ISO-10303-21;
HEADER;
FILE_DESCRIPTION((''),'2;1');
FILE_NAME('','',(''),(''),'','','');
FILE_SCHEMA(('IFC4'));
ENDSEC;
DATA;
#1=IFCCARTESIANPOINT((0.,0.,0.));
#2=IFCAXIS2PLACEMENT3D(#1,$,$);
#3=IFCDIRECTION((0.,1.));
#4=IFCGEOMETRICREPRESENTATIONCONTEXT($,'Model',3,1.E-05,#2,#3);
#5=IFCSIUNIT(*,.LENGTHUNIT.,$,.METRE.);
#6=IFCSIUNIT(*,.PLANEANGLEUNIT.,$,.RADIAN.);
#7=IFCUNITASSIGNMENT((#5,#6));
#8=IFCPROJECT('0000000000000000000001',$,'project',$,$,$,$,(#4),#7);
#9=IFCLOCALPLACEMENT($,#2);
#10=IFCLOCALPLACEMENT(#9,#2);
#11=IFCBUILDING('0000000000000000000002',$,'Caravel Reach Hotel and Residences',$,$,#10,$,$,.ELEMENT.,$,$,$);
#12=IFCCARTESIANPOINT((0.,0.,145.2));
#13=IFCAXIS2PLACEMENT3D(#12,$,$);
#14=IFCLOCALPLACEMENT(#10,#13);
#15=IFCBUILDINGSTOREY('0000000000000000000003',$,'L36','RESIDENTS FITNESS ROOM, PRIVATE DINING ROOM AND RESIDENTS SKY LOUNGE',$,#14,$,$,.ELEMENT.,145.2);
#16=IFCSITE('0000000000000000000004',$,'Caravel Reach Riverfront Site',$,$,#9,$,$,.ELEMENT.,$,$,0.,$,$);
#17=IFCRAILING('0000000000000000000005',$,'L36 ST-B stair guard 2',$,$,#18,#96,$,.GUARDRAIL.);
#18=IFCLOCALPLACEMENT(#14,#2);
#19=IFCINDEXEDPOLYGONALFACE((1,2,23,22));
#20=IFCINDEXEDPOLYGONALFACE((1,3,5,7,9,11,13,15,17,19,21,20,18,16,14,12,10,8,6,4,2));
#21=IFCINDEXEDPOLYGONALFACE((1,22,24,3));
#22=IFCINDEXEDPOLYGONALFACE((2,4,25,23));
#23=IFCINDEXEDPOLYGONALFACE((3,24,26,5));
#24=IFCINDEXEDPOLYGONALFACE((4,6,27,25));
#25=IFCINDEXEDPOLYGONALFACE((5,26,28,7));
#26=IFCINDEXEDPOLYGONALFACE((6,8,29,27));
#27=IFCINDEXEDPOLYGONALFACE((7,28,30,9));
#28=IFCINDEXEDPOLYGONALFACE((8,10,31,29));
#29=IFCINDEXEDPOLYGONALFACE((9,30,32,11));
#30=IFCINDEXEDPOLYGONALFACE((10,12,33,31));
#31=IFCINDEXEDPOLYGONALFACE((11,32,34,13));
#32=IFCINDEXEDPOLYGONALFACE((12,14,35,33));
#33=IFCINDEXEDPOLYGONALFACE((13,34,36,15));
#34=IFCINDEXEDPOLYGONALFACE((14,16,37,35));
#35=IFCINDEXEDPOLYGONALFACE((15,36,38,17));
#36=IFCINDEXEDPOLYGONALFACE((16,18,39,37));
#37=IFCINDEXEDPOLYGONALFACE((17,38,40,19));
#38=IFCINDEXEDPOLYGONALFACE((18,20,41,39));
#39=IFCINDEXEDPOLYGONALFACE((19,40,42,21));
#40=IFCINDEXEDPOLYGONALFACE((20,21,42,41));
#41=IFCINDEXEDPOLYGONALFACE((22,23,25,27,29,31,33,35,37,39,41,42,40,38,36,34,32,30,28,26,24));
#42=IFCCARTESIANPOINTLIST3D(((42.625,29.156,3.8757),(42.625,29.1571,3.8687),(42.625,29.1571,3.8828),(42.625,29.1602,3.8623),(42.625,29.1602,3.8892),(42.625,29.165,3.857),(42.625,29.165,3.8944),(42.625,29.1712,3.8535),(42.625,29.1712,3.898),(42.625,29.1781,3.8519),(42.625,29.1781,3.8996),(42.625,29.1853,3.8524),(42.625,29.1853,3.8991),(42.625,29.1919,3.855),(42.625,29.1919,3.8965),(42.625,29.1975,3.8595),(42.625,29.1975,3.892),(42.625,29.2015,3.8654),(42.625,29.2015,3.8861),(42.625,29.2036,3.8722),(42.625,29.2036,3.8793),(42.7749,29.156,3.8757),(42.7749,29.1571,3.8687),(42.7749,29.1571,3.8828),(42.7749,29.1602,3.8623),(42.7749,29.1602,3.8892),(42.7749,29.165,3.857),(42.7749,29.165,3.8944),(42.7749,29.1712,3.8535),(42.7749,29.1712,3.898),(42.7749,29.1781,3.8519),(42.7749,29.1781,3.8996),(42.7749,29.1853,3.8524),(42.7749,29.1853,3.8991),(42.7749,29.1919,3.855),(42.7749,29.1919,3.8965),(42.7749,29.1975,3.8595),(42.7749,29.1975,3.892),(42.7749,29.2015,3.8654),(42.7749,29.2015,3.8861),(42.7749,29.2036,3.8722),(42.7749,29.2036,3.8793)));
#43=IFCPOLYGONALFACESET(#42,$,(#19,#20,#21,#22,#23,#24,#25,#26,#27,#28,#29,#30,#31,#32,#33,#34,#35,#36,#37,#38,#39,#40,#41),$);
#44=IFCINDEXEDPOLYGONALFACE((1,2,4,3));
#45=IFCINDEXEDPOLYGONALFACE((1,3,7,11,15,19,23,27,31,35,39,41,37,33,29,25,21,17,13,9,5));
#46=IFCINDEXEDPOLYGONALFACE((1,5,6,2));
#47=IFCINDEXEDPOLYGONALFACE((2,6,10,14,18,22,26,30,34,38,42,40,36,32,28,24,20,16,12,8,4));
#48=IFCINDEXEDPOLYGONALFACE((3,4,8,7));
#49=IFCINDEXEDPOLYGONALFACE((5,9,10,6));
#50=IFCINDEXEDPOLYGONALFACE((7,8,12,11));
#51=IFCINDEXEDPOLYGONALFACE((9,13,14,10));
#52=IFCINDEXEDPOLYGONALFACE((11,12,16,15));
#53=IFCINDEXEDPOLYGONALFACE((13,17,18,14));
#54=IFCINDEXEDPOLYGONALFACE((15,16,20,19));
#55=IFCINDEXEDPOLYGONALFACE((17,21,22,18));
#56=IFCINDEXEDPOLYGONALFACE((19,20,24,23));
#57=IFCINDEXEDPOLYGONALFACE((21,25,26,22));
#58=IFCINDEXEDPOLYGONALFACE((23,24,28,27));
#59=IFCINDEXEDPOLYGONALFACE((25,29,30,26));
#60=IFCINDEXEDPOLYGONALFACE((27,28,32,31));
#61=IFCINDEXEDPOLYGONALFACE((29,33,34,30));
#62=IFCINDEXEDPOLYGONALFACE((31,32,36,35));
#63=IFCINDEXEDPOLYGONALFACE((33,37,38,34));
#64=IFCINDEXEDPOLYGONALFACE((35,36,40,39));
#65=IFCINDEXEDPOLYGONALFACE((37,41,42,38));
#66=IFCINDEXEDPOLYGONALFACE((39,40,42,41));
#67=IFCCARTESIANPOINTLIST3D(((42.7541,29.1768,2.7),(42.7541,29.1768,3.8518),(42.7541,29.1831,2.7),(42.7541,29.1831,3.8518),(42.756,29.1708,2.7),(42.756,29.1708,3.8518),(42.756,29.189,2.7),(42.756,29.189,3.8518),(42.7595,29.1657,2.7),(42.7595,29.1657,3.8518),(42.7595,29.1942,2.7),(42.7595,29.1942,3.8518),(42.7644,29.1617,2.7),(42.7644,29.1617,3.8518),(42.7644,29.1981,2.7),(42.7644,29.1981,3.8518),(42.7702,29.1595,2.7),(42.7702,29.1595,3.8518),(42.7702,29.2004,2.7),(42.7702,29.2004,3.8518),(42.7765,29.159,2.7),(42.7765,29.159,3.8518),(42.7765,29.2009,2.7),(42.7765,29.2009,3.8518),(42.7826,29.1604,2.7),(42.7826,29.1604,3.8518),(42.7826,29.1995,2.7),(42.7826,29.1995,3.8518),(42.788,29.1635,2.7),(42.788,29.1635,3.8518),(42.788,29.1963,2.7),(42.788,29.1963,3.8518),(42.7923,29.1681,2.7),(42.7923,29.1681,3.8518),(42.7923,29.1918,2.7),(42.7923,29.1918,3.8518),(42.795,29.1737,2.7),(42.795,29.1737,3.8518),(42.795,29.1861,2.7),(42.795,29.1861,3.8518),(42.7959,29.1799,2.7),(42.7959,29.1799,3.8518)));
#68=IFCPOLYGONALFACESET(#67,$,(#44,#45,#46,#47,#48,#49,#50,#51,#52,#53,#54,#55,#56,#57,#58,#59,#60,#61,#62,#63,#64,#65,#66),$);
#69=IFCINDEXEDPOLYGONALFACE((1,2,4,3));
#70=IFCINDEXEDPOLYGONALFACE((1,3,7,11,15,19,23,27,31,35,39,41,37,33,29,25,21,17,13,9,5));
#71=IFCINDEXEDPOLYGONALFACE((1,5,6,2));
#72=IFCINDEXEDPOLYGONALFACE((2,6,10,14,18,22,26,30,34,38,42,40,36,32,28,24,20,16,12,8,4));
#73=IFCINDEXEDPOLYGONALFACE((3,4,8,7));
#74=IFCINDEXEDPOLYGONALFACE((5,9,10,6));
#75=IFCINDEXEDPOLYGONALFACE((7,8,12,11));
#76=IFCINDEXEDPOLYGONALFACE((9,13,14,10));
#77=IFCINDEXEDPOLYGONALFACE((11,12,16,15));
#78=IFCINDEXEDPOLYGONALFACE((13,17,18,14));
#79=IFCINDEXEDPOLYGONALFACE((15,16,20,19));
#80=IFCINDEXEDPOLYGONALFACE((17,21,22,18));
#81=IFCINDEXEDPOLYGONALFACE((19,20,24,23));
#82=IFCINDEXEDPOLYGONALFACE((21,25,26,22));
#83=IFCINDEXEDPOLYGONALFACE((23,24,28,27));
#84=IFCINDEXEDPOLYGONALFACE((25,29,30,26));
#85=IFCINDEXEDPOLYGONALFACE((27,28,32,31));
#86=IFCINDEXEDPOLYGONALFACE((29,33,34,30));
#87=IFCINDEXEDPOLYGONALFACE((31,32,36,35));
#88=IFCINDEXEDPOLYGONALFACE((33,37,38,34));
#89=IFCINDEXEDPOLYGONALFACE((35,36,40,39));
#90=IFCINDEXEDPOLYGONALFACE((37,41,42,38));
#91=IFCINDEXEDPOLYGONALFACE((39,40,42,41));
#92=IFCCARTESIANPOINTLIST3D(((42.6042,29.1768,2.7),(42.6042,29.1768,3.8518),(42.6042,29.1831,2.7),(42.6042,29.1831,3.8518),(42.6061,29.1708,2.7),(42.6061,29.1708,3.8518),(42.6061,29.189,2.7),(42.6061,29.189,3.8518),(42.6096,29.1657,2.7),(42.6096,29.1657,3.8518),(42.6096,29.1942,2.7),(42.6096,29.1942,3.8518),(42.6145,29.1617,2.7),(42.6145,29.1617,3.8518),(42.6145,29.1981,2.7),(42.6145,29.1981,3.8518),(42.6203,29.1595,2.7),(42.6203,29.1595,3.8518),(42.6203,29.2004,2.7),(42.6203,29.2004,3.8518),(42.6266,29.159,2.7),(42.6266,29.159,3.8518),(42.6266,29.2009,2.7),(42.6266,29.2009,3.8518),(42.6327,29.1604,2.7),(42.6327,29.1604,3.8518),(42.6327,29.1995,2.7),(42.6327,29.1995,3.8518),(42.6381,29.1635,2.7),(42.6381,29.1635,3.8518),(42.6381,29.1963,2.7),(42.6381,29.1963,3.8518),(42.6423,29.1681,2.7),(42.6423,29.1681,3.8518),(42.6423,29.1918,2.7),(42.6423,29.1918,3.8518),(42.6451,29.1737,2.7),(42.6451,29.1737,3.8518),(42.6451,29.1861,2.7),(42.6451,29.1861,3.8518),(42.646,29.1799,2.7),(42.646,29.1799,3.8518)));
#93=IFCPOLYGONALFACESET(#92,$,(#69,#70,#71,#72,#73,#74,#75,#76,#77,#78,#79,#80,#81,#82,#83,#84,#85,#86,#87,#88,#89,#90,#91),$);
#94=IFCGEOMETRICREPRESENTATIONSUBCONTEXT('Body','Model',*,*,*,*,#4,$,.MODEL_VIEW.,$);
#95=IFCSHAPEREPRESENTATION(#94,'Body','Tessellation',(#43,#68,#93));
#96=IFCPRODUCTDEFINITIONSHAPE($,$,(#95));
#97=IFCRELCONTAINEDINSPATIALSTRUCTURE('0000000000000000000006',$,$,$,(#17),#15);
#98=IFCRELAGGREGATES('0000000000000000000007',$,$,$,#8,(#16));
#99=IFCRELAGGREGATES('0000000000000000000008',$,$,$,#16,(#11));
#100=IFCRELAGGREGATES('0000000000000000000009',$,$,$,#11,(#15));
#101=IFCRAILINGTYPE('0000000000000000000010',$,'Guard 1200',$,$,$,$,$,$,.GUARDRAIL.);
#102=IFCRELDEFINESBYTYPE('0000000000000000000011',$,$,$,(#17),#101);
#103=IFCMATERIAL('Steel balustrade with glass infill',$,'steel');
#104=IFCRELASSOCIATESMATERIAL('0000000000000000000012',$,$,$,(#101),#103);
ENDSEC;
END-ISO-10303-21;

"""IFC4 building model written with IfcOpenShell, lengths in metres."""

from ifc_helpers import new_model, si_unit, direction, frame, origin, origin_2d, place, context, subcontext, project, spatial, circle, extrude, material, type_object, element, save


model = new_model("IFC4")

# Units and contexts
model_context = context("Model", 3, precision=1e-05, world=origin(), true_north=direction((0.0, 1.0)))
body_context = subcontext(model_context, "Body", "Model", "MODEL_VIEW")
ifc_project = project(units=[si_unit("LENGTHUNIT", "METRE"), si_unit("PLANEANGLEUNIT", "RADIAN")], contexts=[model_context])

# Site, building, storey
site_placement = place(None, origin())
site = spatial("IfcSite", under=ifc_project, at=site_placement, Name="Caravel Reach Riverfront Site", CompositionType="ELEMENT", RefElevation=0.0)
building_placement = place(site_placement, origin())
building = spatial("IfcBuilding", under=site, at=building_placement, Name="Caravel Reach Hotel and Residences", CompositionType="ELEMENT")
storey_placement = place(building_placement, frame((0.0, 0.0, 145.2)))
storey = spatial("IfcBuildingStorey", under=building, at=storey_placement, Name="L36", Description="RESIDENTS FITNESS ROOM, PRIVATE DINING ROOM AND RESIDENTS SKY LOUNGE", CompositionType="ELEMENT", Elevation=145.2)

# Railing
ifc_material_1 = material(Name="Steel balustrade with glass infill", Category="steel")
railing_type_1 = type_object("IfcRailingType", Name="Guard 1200", PredefinedType="GUARDRAIL", material=ifc_material_1)
railing_1_placement = place(storey_placement, frame((42.7749, 29.1799, 2.7)))
element("IfcRailing", 1, at=railing_1_placement, inside=storey, type_object=railing_type_1, Name="L36 ST-B stair guard 2", PredefinedType="GUARDRAIL", context=body_context, shape_type="SweptSolid", body=[
    extrude(circle(Radius=0.0239, at=origin_2d()), frame((0.0, 0.0, 1.1758), z_axis=(-1.0, 0.0, 0.0), x_axis=(0.0, -1.0, 0.0)), (0.0, 0.0, 1.0), 0.1499),
    extrude(circle(Radius=0.021, at=origin_2d()), origin(), (0.0, 0.0, 1.0), 1.1519),
    extrude(circle(Radius=0.021, at=origin_2d()), frame((-0.1499, 0.0, 0.0)), (0.0, 0.0, 1.0), 1.1519),
])

save(model, "model.ifc")
